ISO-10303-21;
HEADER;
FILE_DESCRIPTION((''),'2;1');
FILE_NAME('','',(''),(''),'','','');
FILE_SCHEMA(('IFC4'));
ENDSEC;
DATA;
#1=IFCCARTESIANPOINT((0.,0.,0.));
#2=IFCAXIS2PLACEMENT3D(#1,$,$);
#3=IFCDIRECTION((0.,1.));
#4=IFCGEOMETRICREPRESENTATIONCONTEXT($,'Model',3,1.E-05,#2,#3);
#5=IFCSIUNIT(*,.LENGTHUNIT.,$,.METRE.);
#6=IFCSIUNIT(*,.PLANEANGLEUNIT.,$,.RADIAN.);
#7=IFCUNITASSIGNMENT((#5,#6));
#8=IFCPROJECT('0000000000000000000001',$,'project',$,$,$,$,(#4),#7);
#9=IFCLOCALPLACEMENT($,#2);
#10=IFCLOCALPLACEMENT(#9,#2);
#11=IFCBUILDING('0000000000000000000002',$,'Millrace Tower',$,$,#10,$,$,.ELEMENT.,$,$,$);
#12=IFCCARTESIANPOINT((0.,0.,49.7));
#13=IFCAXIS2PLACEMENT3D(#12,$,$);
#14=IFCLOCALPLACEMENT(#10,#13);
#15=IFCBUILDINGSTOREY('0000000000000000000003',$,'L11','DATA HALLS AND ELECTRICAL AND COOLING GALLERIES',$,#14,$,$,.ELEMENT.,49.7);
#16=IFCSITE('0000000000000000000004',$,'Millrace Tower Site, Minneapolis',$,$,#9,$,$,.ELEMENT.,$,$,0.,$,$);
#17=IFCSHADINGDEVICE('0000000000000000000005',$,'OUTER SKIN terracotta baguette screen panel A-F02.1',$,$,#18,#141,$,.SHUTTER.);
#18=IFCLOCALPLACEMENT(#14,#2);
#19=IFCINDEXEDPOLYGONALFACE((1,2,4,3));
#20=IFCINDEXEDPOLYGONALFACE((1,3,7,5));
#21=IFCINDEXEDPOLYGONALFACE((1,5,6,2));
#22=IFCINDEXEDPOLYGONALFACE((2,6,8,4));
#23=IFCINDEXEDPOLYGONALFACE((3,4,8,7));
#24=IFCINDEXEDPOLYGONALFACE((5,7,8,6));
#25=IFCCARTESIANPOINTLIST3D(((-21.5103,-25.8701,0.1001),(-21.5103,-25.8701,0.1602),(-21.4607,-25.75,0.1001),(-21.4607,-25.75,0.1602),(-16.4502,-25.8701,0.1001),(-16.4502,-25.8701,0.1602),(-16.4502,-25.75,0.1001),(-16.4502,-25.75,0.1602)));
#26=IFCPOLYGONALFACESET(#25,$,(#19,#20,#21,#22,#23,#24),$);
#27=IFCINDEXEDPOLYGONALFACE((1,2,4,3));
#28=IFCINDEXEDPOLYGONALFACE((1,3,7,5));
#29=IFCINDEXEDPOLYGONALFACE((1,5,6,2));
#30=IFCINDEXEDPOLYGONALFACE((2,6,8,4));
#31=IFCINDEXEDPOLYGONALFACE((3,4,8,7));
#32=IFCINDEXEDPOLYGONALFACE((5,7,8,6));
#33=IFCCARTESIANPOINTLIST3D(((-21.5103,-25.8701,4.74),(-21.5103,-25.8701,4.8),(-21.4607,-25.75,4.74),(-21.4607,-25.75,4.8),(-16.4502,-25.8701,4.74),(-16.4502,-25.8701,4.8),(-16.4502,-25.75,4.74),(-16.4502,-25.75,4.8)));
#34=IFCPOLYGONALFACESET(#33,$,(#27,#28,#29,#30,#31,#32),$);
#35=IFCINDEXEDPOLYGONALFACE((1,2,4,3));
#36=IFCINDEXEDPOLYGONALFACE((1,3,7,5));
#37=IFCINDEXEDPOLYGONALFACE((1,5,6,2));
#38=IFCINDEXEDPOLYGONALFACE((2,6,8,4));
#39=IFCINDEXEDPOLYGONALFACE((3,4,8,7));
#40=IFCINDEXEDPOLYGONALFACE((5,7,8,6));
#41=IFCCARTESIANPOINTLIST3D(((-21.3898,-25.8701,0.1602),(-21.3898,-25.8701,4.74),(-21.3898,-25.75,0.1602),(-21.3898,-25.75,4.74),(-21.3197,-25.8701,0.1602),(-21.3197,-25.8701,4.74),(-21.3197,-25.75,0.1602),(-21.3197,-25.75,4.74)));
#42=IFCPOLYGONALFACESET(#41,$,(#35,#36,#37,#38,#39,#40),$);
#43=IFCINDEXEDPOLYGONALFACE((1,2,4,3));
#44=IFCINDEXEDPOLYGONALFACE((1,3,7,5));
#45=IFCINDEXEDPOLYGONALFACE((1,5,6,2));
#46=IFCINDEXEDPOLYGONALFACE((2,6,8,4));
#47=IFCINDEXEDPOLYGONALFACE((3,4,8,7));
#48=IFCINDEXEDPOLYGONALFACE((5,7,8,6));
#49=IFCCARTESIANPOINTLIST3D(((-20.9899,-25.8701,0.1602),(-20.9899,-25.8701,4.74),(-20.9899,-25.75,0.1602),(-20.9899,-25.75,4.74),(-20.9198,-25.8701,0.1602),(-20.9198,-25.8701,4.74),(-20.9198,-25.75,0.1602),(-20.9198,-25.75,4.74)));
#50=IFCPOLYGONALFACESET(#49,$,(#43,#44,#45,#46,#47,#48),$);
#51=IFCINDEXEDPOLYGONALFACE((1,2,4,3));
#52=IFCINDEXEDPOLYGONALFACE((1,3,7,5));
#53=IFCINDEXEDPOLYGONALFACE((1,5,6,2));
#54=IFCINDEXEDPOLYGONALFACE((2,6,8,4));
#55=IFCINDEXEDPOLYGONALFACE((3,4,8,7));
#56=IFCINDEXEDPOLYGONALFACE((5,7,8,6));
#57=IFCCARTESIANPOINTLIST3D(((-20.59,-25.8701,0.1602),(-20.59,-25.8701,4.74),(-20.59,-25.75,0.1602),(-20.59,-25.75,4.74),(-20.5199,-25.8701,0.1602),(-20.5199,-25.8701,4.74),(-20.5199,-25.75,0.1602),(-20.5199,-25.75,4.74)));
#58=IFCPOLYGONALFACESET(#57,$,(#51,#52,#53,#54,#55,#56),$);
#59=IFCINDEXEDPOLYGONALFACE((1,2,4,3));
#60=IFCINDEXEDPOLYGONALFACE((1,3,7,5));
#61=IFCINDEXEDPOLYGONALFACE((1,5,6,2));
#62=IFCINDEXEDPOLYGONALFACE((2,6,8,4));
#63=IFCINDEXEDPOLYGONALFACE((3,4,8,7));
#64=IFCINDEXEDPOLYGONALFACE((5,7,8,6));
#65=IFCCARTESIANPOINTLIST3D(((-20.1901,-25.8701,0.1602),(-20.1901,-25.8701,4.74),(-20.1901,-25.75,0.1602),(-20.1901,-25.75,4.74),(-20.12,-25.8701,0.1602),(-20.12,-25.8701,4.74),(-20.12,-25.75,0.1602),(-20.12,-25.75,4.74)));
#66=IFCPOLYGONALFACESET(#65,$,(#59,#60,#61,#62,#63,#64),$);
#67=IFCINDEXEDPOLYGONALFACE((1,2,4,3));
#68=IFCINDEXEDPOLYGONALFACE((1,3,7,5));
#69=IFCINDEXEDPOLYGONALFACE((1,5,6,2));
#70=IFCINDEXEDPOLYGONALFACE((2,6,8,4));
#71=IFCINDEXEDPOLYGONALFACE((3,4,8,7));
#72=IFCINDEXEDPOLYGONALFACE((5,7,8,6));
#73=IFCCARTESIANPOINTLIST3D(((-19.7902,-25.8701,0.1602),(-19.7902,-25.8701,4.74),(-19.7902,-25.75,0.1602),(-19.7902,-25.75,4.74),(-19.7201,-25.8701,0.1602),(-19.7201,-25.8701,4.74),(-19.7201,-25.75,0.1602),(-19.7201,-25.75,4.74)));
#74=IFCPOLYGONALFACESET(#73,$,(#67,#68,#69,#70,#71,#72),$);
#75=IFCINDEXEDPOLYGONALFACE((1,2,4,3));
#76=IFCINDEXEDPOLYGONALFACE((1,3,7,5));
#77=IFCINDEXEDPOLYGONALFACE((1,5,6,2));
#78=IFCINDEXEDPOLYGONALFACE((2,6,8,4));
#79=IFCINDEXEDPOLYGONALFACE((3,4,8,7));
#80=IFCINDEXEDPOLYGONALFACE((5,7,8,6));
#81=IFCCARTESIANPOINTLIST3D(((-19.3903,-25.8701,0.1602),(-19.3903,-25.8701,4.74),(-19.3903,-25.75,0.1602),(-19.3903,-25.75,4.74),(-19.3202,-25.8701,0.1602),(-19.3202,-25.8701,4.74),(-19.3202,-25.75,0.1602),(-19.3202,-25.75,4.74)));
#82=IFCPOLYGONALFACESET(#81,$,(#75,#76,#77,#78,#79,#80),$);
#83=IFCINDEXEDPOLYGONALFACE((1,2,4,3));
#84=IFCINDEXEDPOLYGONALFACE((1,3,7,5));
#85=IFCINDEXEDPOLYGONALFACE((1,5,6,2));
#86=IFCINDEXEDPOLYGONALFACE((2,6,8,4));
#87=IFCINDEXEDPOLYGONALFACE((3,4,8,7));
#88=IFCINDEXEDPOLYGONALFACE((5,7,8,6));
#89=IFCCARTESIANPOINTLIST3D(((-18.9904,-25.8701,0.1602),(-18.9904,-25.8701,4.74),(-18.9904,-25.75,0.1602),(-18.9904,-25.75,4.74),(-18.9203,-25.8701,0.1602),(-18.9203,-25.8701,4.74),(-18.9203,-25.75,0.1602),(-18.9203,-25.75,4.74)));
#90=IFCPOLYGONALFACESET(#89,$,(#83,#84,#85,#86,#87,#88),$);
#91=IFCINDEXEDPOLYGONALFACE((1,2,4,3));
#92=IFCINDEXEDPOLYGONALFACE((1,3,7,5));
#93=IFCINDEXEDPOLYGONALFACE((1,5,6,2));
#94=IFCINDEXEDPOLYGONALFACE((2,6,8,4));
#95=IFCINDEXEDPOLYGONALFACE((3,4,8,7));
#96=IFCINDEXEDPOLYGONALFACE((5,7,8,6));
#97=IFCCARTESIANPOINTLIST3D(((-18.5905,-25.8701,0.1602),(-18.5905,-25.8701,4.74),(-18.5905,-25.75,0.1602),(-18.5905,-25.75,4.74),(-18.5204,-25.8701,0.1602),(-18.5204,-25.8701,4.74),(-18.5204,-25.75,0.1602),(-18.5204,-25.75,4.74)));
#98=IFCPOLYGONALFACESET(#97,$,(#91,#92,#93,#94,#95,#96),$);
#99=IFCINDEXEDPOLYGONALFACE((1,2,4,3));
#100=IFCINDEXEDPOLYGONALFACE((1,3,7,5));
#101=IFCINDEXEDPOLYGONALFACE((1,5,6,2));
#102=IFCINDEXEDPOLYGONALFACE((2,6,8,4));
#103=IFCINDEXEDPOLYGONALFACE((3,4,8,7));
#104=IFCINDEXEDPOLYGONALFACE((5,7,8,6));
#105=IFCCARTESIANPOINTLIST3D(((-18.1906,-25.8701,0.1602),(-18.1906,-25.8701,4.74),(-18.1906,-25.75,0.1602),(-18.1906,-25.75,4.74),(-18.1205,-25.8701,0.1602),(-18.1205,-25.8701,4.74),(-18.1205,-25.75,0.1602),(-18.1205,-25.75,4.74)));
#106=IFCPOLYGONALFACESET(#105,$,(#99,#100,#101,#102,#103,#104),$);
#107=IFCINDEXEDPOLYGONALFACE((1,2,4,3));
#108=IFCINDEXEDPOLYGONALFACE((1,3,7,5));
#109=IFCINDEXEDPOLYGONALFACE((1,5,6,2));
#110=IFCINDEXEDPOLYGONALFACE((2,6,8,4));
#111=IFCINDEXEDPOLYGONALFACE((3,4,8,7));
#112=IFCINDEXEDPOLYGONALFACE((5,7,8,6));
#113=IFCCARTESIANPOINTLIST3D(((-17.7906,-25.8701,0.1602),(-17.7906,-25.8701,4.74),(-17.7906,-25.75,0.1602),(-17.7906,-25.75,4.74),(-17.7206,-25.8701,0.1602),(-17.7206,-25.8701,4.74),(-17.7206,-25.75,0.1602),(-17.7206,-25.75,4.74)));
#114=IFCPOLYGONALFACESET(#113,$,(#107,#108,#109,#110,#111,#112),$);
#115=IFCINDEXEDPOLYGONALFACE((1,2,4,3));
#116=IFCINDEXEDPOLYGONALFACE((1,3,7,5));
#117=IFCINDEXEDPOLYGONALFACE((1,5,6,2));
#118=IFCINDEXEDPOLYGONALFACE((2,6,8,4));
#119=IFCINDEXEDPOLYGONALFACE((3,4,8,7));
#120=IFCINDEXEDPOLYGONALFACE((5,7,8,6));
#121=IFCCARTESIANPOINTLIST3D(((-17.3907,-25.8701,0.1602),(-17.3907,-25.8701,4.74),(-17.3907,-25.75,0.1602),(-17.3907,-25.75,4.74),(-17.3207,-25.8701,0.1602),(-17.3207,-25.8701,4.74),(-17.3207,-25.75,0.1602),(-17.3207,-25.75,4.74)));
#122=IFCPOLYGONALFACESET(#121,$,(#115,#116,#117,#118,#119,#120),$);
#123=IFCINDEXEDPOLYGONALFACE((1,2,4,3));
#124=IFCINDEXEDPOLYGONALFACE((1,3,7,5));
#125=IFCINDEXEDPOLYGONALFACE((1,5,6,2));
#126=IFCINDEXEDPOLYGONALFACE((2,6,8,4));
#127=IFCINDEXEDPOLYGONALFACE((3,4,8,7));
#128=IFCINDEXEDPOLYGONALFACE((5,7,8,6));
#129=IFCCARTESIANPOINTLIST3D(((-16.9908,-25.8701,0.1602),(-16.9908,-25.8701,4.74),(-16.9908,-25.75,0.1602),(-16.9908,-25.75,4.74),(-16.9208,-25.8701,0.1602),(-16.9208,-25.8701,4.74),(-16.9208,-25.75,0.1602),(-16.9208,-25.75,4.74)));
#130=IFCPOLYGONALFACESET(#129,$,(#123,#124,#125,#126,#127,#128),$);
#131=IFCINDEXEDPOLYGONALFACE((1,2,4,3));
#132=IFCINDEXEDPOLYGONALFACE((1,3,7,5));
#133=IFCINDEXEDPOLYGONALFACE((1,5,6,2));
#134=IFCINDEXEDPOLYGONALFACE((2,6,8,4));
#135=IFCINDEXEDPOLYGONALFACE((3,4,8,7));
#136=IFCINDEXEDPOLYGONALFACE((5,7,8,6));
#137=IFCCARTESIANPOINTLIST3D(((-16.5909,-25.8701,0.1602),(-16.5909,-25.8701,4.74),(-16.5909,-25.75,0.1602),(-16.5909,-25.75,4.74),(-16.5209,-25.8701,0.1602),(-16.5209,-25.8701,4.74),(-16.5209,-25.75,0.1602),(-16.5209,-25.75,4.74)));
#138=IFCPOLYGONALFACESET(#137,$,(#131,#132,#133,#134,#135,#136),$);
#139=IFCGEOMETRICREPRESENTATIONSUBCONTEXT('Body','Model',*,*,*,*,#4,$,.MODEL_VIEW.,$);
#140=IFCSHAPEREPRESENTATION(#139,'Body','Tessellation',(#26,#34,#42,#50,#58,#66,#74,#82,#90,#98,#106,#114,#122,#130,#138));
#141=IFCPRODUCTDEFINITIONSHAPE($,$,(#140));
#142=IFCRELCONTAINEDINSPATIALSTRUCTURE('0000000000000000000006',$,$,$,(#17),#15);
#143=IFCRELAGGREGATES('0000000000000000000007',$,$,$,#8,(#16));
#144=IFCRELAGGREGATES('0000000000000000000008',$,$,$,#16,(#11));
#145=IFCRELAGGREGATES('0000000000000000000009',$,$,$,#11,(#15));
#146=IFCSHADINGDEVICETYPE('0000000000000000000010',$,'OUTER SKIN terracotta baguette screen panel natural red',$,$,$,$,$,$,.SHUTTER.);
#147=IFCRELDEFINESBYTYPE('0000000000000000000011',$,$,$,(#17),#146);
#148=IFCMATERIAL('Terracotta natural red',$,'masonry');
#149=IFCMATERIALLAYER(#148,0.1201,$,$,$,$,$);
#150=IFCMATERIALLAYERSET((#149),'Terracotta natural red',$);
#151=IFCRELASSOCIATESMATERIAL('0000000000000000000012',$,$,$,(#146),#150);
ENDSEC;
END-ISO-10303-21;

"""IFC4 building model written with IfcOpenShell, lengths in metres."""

from ifc_helpers import new_model, entity, si_unit, direction, frame, frame_2d, origin, place, context, subcontext, project, spatial, rectangle, extrude, source, transform, mapped, material, layer, layer_set, type_object, element, save


model = new_model("IFC4")

# Units and contexts
model_context = context("Model", 3, precision=1e-05, world=origin(), true_north=direction((0.0, 1.0)))
body_context = subcontext(model_context, "Body", "Model", "MODEL_VIEW")
ifc_project = project(units=[si_unit("LENGTHUNIT", "METRE"), si_unit("PLANEANGLEUNIT", "RADIAN")], contexts=[model_context])

# Site, building, storey
site_placement = place(None, origin())
site = spatial("IfcSite", under=ifc_project, at=site_placement, Name="Millrace Tower Site, Minneapolis", CompositionType="ELEMENT", RefElevation=0.0)
building_placement = place(site_placement, origin())
building = spatial("IfcBuilding", under=site, at=building_placement, Name="Millrace Tower", CompositionType="ELEMENT")
storey_placement = place(building_placement, frame((0.0, 0.0, 49.7)))
storey = spatial("IfcBuildingStorey", under=building, at=storey_placement, Name="L11", Description="DATA HALLS AND ELECTRICAL AND COOLING GALLERIES", CompositionType="ELEMENT", Elevation=49.7)

# Shading device
ifc_material_1 = material(Name="Terracotta natural red", Category="masonry")
ifc_layer_1 = layer(ifc_material_1, 0.1201)
ifc_layer_set_1 = layer_set([ifc_layer_1], Name="Terracotta natural red")
shading_device_type_1 = type_object("IfcShadingDeviceType", Name="OUTER SKIN terracotta baguette screen panel natural red", PredefinedType="SHUTTER", material=ifc_layer_set_1)
cartesian_point_1 = entity("IfcCartesianPoint", [-2.4929, 0.0601])
shared_polyline_1 = entity("IfcPolyline", [cartesian_point_1, entity("IfcCartesianPoint", [2.5176, 0.0601]), entity("IfcCartesianPoint", [2.5176, -0.0601]), entity("IfcCartesianPoint", [-2.5425, -0.0601]), cartesian_point_1])
shared_shape_1 = source(origin(), body_context, "Body", "SweptSolid", [
    entity("IfcExtrudedAreaSolid", entity("IfcArbitraryClosedProfileDef", "AREA", None, shared_polyline_1), entity("IfcAxis2Placement3D", entity("IfcCartesianPoint", [0.0, 0.0, 0.0])), entity("IfcDirection", [0.0, 0.0, 1.0]), 0.0601),
    entity("IfcExtrudedAreaSolid", entity("IfcArbitraryClosedProfileDef", "AREA", None, shared_polyline_1), entity("IfcAxis2Placement3D", entity("IfcCartesianPoint", [0.0, 0.0, 4.6399])), entity("IfcDirection", [0.0, 0.0, 1.0]), 0.0601),
    extrude(rectangle(XDim=0.0701, YDim=0.1201, at=frame_2d((-2.387, 0.0))), frame((0.0, 0.0, 0.0601)), (0.0, 0.0, 1.0), 4.5798),
    extrude(rectangle(XDim=0.0701, YDim=0.1201, at=frame_2d((-1.9871, 0.0))), frame((0.0, 0.0, 0.0601)), (0.0, 0.0, 1.0), 4.5798),
    extrude(rectangle(XDim=0.0701, YDim=0.1201, at=frame_2d((-1.5872, 0.0))), frame((0.0, 0.0, 0.0601)), (0.0, 0.0, 1.0), 4.5798),
    extrude(rectangle(XDim=0.0701, YDim=0.1201, at=frame_2d((-1.1873, 0.0))), frame((0.0, 0.0, 0.0601)), (0.0, 0.0, 1.0), 4.5798),
    extrude(rectangle(XDim=0.0701, YDim=0.1201, at=frame_2d((-0.7874, 0.0))), frame((0.0, 0.0, 0.0601)), (0.0, 0.0, 1.0), 4.5798),
    extrude(rectangle(XDim=0.0701, YDim=0.1201, at=frame_2d((-0.3875, 0.0))), frame((0.0, 0.0, 0.0601)), (0.0, 0.0, 1.0), 4.5798),
    extrude(rectangle(XDim=0.0701, YDim=0.1201, at=frame_2d((0.0125, 0.0))), frame((0.0, 0.0, 0.0601)), (0.0, 0.0, 1.0), 4.5798),
    extrude(rectangle(XDim=0.0701, YDim=0.1201, at=frame_2d((0.4124, 0.0))), frame((0.0, 0.0, 0.0601)), (0.0, 0.0, 1.0), 4.5798),
    extrude(rectangle(XDim=0.0701, YDim=0.1201, at=frame_2d((0.8123, 0.0))), frame((0.0, 0.0, 0.0601)), (0.0, 0.0, 1.0), 4.5798),
    extrude(rectangle(XDim=0.0701, YDim=0.1201, at=frame_2d((1.2122, 0.0))), frame((0.0, 0.0, 0.0601)), (0.0, 0.0, 1.0), 4.5798),
    extrude(rectangle(XDim=0.0701, YDim=0.1201, at=frame_2d((1.6121, 0.0))), frame((0.0, 0.0, 0.0601)), (0.0, 0.0, 1.0), 4.5798),
    extrude(rectangle(XDim=0.0701, YDim=0.1201, at=frame_2d((2.012, 0.0))), frame((0.0, 0.0, 0.0601)), (0.0, 0.0, 1.0), 4.5798),
    extrude(rectangle(XDim=0.0701, YDim=0.1201, at=frame_2d((2.4119, 0.0))), frame((0.0, 0.0, 0.0601)), (0.0, 0.0, 1.0), 4.5798),
])
shading_device_1_placement = place(storey_placement, frame((-18.9678, -25.8101, 0.1001), z_axis=(0.0, 0.0, 1.0), x_axis=(1.0, 0.0, 0.0)))
element("IfcShadingDevice", 1, at=shading_device_1_placement, inside=storey, type_object=shading_device_type_1, Name="OUTER SKIN terracotta baguette screen panel A-F02.1", PredefinedType="SHUTTER", context=body_context, shape_type="MappedRepresentation", body=[
    mapped(shared_shape_1, transform((0.0, 0.0, 0.0), scale=1.0)),
])

save(model, "model.ifc")
